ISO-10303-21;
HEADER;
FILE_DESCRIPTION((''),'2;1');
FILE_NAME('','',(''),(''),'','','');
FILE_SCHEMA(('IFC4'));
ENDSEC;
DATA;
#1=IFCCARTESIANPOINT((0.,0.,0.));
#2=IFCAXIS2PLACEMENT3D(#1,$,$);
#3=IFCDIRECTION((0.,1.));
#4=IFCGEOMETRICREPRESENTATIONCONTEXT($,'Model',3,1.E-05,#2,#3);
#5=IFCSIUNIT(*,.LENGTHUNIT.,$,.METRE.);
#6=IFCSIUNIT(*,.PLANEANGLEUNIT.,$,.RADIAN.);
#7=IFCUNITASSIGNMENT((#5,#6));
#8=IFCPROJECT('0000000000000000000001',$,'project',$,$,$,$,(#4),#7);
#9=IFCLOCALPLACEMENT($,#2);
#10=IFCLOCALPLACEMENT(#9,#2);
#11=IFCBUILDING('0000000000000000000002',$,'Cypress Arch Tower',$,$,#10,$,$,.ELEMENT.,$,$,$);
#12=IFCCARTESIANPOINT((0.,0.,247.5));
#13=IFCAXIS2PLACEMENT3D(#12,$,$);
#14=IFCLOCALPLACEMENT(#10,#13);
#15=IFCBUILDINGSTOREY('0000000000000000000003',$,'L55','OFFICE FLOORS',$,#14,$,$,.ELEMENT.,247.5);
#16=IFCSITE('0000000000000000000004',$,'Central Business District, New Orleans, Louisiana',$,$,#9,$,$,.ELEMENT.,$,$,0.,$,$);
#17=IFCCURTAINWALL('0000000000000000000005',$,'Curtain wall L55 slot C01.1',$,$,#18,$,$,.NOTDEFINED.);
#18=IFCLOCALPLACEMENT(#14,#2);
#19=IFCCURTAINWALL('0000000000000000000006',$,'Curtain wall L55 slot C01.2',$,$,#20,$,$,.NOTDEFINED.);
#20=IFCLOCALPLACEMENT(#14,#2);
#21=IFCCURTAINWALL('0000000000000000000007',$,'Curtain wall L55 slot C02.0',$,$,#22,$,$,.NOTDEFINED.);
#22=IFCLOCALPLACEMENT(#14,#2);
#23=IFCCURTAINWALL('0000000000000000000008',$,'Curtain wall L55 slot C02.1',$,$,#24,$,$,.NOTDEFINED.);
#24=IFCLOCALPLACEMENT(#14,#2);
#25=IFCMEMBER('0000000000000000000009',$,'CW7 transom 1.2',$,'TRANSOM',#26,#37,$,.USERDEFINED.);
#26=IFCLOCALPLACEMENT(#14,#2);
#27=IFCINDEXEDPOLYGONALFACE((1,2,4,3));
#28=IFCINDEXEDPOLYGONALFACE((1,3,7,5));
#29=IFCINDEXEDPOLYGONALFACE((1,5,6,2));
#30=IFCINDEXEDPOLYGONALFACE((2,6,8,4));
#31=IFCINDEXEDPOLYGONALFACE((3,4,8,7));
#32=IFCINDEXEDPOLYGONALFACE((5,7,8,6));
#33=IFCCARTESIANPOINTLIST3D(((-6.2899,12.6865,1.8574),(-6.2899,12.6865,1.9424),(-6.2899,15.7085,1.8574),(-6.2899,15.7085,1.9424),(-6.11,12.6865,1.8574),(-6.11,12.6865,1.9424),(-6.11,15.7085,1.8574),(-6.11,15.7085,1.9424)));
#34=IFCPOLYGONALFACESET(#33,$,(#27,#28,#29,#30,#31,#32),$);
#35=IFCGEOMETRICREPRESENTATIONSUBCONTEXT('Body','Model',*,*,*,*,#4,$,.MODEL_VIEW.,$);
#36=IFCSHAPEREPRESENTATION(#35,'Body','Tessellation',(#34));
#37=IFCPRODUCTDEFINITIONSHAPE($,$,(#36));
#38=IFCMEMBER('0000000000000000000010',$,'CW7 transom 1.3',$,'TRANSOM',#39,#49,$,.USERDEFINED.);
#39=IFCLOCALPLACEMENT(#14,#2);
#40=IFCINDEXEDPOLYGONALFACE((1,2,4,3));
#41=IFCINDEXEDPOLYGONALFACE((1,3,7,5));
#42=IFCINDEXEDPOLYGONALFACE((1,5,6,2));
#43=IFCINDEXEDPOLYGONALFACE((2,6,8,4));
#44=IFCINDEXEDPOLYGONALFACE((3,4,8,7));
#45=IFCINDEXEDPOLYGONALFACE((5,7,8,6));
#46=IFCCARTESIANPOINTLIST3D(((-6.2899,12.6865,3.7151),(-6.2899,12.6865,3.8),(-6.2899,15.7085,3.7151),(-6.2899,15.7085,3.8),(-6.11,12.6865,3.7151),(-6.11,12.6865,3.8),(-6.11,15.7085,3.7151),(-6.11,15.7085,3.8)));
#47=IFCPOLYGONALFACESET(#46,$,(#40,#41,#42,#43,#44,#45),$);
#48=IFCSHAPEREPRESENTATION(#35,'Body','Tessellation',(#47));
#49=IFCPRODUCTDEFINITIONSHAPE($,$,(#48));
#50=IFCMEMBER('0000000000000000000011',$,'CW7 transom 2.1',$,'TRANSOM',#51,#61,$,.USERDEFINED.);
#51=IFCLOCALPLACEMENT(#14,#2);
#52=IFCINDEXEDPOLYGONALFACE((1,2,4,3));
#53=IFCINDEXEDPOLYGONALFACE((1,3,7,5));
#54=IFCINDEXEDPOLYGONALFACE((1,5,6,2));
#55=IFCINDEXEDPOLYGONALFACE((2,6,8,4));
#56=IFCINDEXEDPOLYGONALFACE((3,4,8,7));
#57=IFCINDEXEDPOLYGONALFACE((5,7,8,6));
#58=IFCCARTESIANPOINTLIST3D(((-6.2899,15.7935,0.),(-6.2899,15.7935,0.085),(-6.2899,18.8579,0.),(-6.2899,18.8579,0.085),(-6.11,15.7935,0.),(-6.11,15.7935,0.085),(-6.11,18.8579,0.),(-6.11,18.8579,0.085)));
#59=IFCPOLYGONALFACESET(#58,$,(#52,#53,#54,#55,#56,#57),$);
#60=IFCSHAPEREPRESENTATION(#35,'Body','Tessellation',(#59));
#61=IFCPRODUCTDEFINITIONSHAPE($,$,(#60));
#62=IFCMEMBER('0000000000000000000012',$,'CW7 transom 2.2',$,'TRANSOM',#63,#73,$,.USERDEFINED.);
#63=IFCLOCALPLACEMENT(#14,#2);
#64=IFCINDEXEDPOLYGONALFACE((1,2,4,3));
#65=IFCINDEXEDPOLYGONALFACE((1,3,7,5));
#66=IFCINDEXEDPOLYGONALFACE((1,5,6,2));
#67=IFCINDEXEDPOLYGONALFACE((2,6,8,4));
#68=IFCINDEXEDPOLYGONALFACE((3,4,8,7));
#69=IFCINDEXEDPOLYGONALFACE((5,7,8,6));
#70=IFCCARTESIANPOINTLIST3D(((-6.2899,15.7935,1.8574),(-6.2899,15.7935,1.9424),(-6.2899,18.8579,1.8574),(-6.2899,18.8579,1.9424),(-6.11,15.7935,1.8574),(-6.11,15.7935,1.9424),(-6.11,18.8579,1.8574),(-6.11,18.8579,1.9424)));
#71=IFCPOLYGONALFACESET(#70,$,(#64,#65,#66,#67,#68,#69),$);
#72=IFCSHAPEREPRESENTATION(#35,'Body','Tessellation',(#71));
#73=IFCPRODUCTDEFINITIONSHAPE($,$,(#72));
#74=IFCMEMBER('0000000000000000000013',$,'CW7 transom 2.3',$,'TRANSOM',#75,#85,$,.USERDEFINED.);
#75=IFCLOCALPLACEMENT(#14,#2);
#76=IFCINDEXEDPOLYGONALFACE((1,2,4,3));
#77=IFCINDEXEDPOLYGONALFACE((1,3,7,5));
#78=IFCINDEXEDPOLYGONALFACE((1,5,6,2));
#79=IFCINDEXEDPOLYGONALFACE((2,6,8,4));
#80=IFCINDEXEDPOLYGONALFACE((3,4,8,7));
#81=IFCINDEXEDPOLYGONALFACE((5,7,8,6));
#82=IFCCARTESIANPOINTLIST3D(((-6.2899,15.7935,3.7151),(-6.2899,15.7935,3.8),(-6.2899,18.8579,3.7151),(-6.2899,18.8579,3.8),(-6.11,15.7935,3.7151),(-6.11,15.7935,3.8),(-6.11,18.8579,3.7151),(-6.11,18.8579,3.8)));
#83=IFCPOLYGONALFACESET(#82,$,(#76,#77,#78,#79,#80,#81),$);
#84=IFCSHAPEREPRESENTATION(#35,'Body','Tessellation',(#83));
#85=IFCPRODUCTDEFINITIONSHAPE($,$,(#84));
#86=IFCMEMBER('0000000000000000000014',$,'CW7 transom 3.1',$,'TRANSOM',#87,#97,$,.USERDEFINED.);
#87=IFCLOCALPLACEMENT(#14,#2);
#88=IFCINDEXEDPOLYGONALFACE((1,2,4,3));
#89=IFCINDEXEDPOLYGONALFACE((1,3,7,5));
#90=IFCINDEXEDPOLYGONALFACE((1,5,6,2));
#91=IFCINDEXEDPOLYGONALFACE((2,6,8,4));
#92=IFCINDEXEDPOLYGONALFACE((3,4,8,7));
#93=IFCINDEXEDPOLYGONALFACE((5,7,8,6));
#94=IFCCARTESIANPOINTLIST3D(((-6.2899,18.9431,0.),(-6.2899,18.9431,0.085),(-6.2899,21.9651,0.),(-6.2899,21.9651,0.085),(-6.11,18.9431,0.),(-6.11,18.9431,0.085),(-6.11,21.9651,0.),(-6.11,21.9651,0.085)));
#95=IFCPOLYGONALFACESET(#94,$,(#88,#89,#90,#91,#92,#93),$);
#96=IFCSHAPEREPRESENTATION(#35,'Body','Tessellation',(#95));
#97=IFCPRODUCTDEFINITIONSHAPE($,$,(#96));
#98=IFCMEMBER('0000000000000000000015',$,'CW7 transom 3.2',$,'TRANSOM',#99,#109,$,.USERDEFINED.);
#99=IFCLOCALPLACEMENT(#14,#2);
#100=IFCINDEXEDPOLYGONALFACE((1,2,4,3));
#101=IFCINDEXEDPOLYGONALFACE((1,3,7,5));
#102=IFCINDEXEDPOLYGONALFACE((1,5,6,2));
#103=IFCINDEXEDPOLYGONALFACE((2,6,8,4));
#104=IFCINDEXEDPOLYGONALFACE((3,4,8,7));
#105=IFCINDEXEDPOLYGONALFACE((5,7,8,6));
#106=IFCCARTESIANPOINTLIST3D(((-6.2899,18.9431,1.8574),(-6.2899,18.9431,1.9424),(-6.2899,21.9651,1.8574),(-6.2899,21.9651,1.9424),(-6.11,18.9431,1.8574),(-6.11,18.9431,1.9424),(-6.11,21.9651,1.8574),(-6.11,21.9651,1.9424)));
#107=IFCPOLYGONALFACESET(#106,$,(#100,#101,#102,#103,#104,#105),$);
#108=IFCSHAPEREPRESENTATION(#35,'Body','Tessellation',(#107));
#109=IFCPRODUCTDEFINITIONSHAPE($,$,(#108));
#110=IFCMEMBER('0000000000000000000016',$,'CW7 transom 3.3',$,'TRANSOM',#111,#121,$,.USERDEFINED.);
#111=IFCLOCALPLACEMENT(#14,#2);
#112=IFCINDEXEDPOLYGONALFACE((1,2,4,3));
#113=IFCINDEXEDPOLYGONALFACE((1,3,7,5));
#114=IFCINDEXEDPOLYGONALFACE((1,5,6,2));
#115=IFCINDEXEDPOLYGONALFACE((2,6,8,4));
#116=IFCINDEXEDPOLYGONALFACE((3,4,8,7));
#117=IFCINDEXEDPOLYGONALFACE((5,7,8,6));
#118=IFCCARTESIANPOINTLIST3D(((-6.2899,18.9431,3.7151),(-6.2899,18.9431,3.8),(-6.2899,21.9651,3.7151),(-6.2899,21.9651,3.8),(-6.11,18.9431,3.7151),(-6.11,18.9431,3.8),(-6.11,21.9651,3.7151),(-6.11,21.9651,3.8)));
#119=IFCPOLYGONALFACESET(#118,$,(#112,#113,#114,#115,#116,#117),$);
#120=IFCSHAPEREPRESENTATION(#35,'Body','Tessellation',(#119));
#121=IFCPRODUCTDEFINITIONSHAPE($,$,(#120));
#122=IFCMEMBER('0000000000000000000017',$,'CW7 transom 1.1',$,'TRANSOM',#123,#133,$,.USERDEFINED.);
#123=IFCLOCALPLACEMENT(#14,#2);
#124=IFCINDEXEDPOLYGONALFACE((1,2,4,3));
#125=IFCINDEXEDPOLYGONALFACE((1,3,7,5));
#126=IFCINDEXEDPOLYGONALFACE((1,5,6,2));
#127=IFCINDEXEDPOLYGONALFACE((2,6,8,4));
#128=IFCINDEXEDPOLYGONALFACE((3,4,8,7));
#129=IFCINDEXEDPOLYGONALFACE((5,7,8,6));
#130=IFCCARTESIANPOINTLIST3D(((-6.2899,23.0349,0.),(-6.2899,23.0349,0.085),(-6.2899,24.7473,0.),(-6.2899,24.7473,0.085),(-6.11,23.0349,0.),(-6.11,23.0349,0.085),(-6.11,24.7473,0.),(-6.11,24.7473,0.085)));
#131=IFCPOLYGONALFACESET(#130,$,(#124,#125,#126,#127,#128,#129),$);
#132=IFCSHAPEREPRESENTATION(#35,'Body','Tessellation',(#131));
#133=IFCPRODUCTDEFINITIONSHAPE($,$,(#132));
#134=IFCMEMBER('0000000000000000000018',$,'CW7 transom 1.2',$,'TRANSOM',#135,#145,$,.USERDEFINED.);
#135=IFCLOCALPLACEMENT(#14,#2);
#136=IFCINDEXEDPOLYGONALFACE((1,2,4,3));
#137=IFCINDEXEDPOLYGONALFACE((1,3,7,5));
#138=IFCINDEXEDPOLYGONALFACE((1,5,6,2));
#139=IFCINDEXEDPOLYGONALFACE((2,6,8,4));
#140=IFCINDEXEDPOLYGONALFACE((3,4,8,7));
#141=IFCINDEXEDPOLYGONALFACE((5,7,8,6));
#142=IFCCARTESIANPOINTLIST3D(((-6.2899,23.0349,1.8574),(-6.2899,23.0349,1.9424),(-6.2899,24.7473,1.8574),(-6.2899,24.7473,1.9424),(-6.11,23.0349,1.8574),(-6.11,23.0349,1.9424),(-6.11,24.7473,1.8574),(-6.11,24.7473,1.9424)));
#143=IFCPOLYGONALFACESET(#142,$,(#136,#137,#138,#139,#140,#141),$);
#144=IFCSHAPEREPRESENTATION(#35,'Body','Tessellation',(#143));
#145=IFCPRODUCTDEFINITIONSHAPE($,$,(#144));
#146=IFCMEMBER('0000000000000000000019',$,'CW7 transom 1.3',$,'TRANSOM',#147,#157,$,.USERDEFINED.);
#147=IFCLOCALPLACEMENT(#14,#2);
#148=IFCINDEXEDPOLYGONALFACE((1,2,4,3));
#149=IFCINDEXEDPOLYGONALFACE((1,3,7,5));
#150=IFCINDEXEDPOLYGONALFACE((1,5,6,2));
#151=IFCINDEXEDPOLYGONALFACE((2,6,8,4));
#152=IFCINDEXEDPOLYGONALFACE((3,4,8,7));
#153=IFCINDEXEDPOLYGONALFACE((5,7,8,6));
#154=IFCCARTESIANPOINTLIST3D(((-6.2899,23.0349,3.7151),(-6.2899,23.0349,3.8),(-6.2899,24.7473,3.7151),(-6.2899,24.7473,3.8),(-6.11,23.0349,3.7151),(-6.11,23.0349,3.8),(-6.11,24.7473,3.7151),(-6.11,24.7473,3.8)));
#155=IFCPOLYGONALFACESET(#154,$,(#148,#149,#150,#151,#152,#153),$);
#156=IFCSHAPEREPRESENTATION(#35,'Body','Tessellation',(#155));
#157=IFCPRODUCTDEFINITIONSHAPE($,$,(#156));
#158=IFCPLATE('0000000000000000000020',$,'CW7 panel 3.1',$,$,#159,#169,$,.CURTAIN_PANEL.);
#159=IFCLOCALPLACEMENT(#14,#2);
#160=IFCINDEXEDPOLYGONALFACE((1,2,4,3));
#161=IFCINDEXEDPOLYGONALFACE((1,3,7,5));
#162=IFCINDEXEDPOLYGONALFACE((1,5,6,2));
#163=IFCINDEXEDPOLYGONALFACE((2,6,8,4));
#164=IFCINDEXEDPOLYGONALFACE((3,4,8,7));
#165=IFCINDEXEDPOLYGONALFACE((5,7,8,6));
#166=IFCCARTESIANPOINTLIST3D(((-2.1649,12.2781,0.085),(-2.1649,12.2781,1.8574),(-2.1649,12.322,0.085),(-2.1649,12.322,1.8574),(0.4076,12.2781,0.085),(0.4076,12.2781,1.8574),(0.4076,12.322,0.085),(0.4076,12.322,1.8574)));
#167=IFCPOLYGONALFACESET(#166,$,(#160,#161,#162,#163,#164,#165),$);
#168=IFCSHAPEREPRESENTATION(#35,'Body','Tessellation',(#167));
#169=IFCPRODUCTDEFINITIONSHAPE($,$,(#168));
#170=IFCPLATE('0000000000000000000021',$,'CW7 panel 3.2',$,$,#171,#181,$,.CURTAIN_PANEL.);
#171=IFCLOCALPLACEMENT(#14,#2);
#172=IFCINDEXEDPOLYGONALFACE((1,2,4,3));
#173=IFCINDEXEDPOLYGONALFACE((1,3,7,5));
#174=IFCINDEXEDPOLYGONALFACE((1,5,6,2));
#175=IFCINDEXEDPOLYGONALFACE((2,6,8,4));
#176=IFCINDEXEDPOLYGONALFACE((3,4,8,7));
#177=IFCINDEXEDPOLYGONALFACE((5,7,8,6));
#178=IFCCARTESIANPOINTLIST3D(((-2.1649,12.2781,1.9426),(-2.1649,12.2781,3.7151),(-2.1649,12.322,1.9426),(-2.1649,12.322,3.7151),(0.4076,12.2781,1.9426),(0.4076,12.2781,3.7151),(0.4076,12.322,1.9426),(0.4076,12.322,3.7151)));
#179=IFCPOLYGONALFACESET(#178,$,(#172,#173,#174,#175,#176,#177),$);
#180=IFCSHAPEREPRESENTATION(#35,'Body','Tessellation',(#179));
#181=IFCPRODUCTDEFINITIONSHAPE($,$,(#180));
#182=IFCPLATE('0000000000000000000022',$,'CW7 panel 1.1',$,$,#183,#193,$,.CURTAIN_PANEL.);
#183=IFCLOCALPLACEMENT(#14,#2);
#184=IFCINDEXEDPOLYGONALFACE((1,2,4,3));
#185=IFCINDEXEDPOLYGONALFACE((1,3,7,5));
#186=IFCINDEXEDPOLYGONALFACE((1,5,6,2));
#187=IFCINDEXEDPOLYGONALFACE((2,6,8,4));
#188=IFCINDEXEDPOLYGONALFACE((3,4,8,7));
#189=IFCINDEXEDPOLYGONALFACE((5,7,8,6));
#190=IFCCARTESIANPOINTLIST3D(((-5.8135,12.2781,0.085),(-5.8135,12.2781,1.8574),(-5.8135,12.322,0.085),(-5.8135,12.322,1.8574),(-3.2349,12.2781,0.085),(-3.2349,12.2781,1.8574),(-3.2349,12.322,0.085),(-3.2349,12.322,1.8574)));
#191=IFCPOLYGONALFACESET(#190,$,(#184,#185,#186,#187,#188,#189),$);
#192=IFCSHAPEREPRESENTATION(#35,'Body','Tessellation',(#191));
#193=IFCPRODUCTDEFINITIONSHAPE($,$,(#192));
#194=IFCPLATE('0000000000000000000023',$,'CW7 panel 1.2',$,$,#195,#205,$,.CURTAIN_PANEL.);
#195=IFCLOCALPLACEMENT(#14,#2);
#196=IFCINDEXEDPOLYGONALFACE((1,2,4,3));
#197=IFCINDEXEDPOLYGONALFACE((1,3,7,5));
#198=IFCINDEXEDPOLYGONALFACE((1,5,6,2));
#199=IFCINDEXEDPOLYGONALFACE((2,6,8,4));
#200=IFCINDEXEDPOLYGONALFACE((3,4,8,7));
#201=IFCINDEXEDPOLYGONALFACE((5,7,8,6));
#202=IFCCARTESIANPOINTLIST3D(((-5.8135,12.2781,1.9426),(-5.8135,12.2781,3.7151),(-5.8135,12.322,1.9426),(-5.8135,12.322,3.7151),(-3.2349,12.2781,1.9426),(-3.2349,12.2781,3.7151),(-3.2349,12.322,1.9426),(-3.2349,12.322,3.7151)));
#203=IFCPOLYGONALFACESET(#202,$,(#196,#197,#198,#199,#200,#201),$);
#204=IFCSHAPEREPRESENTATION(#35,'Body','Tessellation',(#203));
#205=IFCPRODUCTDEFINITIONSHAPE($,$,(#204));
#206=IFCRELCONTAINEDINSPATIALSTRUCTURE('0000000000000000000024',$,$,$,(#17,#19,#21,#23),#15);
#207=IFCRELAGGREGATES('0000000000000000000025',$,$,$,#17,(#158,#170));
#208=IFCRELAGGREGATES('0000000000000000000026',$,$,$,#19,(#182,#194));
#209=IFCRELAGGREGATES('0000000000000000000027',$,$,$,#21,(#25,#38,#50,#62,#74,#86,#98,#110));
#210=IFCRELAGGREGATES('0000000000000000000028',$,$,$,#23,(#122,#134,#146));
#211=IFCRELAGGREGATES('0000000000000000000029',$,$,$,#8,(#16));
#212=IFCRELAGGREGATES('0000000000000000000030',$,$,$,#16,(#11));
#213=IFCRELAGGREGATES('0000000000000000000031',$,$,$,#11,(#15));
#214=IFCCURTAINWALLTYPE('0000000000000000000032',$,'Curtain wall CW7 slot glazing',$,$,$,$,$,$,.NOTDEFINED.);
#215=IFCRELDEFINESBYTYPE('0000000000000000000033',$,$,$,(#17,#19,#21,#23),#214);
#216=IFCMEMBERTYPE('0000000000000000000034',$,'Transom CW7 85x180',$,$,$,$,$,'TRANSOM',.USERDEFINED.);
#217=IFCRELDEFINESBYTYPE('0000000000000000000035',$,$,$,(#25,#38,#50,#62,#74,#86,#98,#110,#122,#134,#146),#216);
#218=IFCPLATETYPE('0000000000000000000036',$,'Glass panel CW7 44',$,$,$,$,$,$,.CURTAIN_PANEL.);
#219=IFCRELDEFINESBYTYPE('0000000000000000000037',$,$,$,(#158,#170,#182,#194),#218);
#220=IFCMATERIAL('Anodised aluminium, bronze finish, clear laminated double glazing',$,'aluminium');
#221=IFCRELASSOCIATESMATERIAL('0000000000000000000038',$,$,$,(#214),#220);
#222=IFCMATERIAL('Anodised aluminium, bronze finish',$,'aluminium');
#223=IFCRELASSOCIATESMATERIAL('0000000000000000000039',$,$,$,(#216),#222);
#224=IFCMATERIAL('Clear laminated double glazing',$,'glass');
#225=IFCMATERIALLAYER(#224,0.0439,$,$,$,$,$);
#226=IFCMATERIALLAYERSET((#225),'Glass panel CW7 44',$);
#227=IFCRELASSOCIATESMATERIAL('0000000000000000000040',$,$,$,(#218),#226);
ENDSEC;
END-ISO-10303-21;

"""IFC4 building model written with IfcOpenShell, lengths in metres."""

from ifc_helpers import new_model, si_unit, direction, frame, origin, origin_2d, place, context, subcontext, project, spatial, rectangle, extrude, material, layer, layer_set, material_profile, profile_set, type_object, element, aggregate, save


model = new_model("IFC4")

# Units and contexts
model_context = context("Model", 3, precision=1e-05, world=origin(), true_north=direction((0.0, 1.0)))
body_context = subcontext(model_context, "Body", "Model", "MODEL_VIEW")
ifc_project = project(units=[si_unit("LENGTHUNIT", "METRE"), si_unit("PLANEANGLEUNIT", "RADIAN")], contexts=[model_context])

# Site, building, storey
site_placement = place(None, origin())
site = spatial("IfcSite", under=ifc_project, at=site_placement, Name="Central Business District, New Orleans, Louisiana", CompositionType="ELEMENT", RefElevation=0.0)
building_placement = place(site_placement, origin())
building = spatial("IfcBuilding", under=site, at=building_placement, Name="Cypress Arch Tower", CompositionType="ELEMENT")
storey_placement = place(building_placement, frame((0.0, 0.0, 247.5)))
storey = spatial("IfcBuildingStorey", under=building, at=storey_placement, Name="L55", Description="OFFICE FLOORS", CompositionType="ELEMENT", Elevation=247.5)

# Curtain wall
ifc_material_1 = material(Name="Anodised aluminium, bronze finish, clear laminated double glazing", Category="aluminium")
curtain_wall_type = type_object("IfcCurtainWallType", Name="Curtain wall CW7 slot glazing", PredefinedType="NOTDEFINED", material=ifc_material_1)
curtain_wall_1_placement = place(storey_placement, origin())
curtain_wall_1 = element("IfcCurtainWall", 1, at=curtain_wall_1_placement, inside=storey, type_object=curtain_wall_type, Name="Curtain wall L55 slot C01.1", PredefinedType="NOTDEFINED")

# Curtain walls
curtain_wall_2_placement = place(storey_placement, origin())
curtain_wall_2 = element("IfcCurtainWall", 2, at=curtain_wall_2_placement, inside=storey, type_object=curtain_wall_type, Name="Curtain wall L55 slot C01.2", PredefinedType="NOTDEFINED")
curtain_wall_3_placement = place(storey_placement, origin())
curtain_wall_3 = element("IfcCurtainWall", 3, at=curtain_wall_3_placement, inside=storey, type_object=curtain_wall_type, Name="Curtain wall L55 slot C02.0", PredefinedType="NOTDEFINED")
curtain_wall_4_placement = place(storey_placement, origin())
curtain_wall_4 = element("IfcCurtainWall", 4, at=curtain_wall_4_placement, inside=storey, type_object=curtain_wall_type, Name="Curtain wall L55 slot C02.1", PredefinedType="NOTDEFINED")

# Members
ifc_material_2 = material(Name="Anodised aluminium, bronze finish", Category="aluminium")
ifc_material_profile_1 = material_profile(ifc_material_2, rectangle(XDim=0.1799, YDim=0.085, at=origin_2d()), Name="Transom 85x180")
ifc_profile_set_1 = profile_set([ifc_material_profile_1], Name="Anodised aluminium, bronze finish")
member_type_1 = type_object("IfcMemberType", Name="Transom CW7 85x180", ElementType="TRANSOM", PredefinedType="USERDEFINED", material=ifc_profile_set_1)
member_1_placement = place(storey_placement, frame((-6.2, 12.6865, 1.8999), z_axis=(0.0, 1.0, 0.0), x_axis=(-1.0, 0.0, 0.0)))
member_1 = element("IfcMember", 5, at=member_1_placement, type_object=member_type_1, Name="CW7 transom 1.2", ObjectType="TRANSOM", PredefinedType="USERDEFINED", context=body_context, shape_type="SweptSolid", body=[
    extrude(rectangle(XDim=0.1799, YDim=0.085, at=origin_2d()), origin(), (0.0, 0.0, 1.0), 3.022),
])
member_2_placement = place(storey_placement, frame((-6.2, 12.6865, 3.7576), z_axis=(0.0, 1.0, 0.0), x_axis=(-1.0, 0.0, 0.0)))
member_2 = element("IfcMember", 6, at=member_2_placement, type_object=member_type_1, Name="CW7 transom 1.3", ObjectType="TRANSOM", PredefinedType="USERDEFINED", context=body_context, shape_type="SweptSolid", body=[
    extrude(rectangle(XDim=0.1799, YDim=0.085, at=origin_2d()), origin(), (0.0, 0.0, 1.0), 3.022),
])
member_3_placement = place(storey_placement, frame((-6.2, 15.7935, 0.0425), z_axis=(0.0, 1.0, 0.0), x_axis=(-1.0, 0.0, 0.0)))
member_3 = element("IfcMember", 7, at=member_3_placement, type_object=member_type_1, Name="CW7 transom 2.1", ObjectType="TRANSOM", PredefinedType="USERDEFINED", context=body_context, shape_type="SweptSolid", body=[
    extrude(rectangle(XDim=0.1799, YDim=0.085, at=origin_2d()), origin(), (0.0, 0.0, 1.0), 3.0645),
])
member_4_placement = place(storey_placement, frame((-6.2, 15.7935, 1.8999), z_axis=(0.0, 1.0, 0.0), x_axis=(-1.0, 0.0, 0.0)))
member_4 = element("IfcMember", 8, at=member_4_placement, type_object=member_type_1, Name="CW7 transom 2.2", ObjectType="TRANSOM", PredefinedType="USERDEFINED", context=body_context, shape_type="SweptSolid", body=[
    extrude(rectangle(XDim=0.1799, YDim=0.085, at=origin_2d()), origin(), (0.0, 0.0, 1.0), 3.0645),
])
member_5_placement = place(storey_placement, frame((-6.2, 15.7935, 3.7576), z_axis=(0.0, 1.0, 0.0), x_axis=(-1.0, 0.0, 0.0)))
member_5 = element("IfcMember", 9, at=member_5_placement, type_object=member_type_1, Name="CW7 transom 2.3", ObjectType="TRANSOM", PredefinedType="USERDEFINED", context=body_context, shape_type="SweptSolid", body=[
    extrude(rectangle(XDim=0.1799, YDim=0.085, at=origin_2d()), origin(), (0.0, 0.0, 1.0), 3.0645),
])
member_6_placement = place(storey_placement, frame((-6.2, 18.9431, 0.0425), z_axis=(0.0, 1.0, 0.0), x_axis=(-1.0, 0.0, 0.0)))
member_6 = element("IfcMember", 10, at=member_6_placement, type_object=member_type_1, Name="CW7 transom 3.1", ObjectType="TRANSOM", PredefinedType="USERDEFINED", context=body_context, shape_type="SweptSolid", body=[
    extrude(rectangle(XDim=0.1799, YDim=0.085, at=origin_2d()), origin(), (0.0, 0.0, 1.0), 3.022),
])
member_7_placement = place(storey_placement, frame((-6.2, 18.9431, 1.8999), z_axis=(0.0, 1.0, 0.0), x_axis=(-1.0, 0.0, 0.0)))
member_7 = element("IfcMember", 11, at=member_7_placement, type_object=member_type_1, Name="CW7 transom 3.2", ObjectType="TRANSOM", PredefinedType="USERDEFINED", context=body_context, shape_type="SweptSolid", body=[
    extrude(rectangle(XDim=0.1799, YDim=0.085, at=origin_2d()), origin(), (0.0, 0.0, 1.0), 3.022),
])
member_8_placement = place(storey_placement, frame((-6.2, 18.9431, 3.7576), z_axis=(0.0, 1.0, 0.0), x_axis=(-1.0, 0.0, 0.0)))
member_8 = element("IfcMember", 12, at=member_8_placement, type_object=member_type_1, Name="CW7 transom 3.3", ObjectType="TRANSOM", PredefinedType="USERDEFINED", context=body_context, shape_type="SweptSolid", body=[
    extrude(rectangle(XDim=0.1799, YDim=0.085, at=origin_2d()), origin(), (0.0, 0.0, 1.0), 3.022),
])
member_9_placement = place(storey_placement, frame((-6.2, 23.0349, 0.0425), z_axis=(0.0, 1.0, 0.0), x_axis=(-1.0, 0.0, 0.0)))
member_9 = element("IfcMember", 13, at=member_9_placement, type_object=member_type_1, Name="CW7 transom 1.1", ObjectType="TRANSOM", PredefinedType="USERDEFINED", context=body_context, shape_type="SweptSolid", body=[
    extrude(rectangle(XDim=0.1799, YDim=0.085, at=origin_2d()), origin(), (0.0, 0.0, 1.0), 1.7124),
])
member_10_placement = place(storey_placement, frame((-6.2, 23.0349, 1.8999), z_axis=(0.0, 1.0, 0.0), x_axis=(-1.0, 0.0, 0.0)))
member_10 = element("IfcMember", 14, at=member_10_placement, type_object=member_type_1, Name="CW7 transom 1.2", ObjectType="TRANSOM", PredefinedType="USERDEFINED", context=body_context, shape_type="SweptSolid", body=[
    extrude(rectangle(XDim=0.1799, YDim=0.085, at=origin_2d()), origin(), (0.0, 0.0, 1.0), 1.7124),
])
member_11_placement = place(storey_placement, frame((-6.2, 23.0349, 3.7576), z_axis=(0.0, 1.0, 0.0), x_axis=(-1.0, 0.0, 0.0)))
member_11 = element("IfcMember", 15, at=member_11_placement, type_object=member_type_1, Name="CW7 transom 1.3", ObjectType="TRANSOM", PredefinedType="USERDEFINED", context=body_context, shape_type="SweptSolid", body=[
    extrude(rectangle(XDim=0.1799, YDim=0.085, at=origin_2d()), origin(), (0.0, 0.0, 1.0), 1.7124),
])

# Plates
ifc_material_3 = material(Name="Clear laminated double glazing", Category="glass")
ifc_layer = layer(ifc_material_3, 0.0439)
ifc_layer_set = layer_set([ifc_layer], Name="Glass panel CW7 44")
plate_type = type_object("IfcPlateType", Name="Glass panel CW7 44", PredefinedType="CURTAIN_PANEL", material=ifc_layer_set)
plate_1_placement = place(storey_placement, frame((-0.8787, 12.3, 0.085), z_axis=(0.0, 0.0, 1.0), x_axis=(-1.0, 0.0, 0.0)))
plate_1 = element("IfcPlate", 16, at=plate_1_placement, type_object=plate_type, Name="CW7 panel 3.1", PredefinedType="CURTAIN_PANEL", context=body_context, shape_type="SweptSolid", body=[
    extrude(rectangle(XDim=2.5725, YDim=0.0439, at=origin_2d()), origin(), (0.0, 0.0, 1.0), 1.7725),
])
plate_2_placement = place(storey_placement, frame((-0.8787, 12.3, 1.9426), z_axis=(0.0, 0.0, 1.0), x_axis=(-1.0, 0.0, 0.0)))
plate_2 = element("IfcPlate", 17, at=plate_2_placement, type_object=plate_type, Name="CW7 panel 3.2", PredefinedType="CURTAIN_PANEL", context=body_context, shape_type="SweptSolid", body=[
    extrude(rectangle(XDim=2.5725, YDim=0.0439, at=origin_2d()), origin(), (0.0, 0.0, 1.0), 1.7725),
])
aggregate(curtain_wall_1, [plate_1, plate_2])
plate_3_placement = place(storey_placement, frame((-4.5242, 12.3, 0.085), z_axis=(0.0, 0.0, 1.0), x_axis=(-1.0, 0.0, 0.0)))
plate_3 = element("IfcPlate", 18, at=plate_3_placement, type_object=plate_type, Name="CW7 panel 1.1", PredefinedType="CURTAIN_PANEL", context=body_context, shape_type="SweptSolid", body=[
    extrude(rectangle(XDim=2.5786, YDim=0.0439, at=origin_2d()), origin(), (0.0, 0.0, 1.0), 1.7725),
])
plate_4_placement = place(storey_placement, frame((-4.5242, 12.3, 1.9426), z_axis=(0.0, 0.0, 1.0), x_axis=(-1.0, 0.0, 0.0)))
plate_4 = element("IfcPlate", 19, at=plate_4_placement, type_object=plate_type, Name="CW7 panel 1.2", PredefinedType="CURTAIN_PANEL", context=body_context, shape_type="SweptSolid", body=[
    extrude(rectangle(XDim=2.5786, YDim=0.0439, at=origin_2d()), origin(), (0.0, 0.0, 1.0), 1.7725),
])
aggregate(curtain_wall_2, [plate_3, plate_4])
aggregate(curtain_wall_3, [member_1, member_2, member_3, member_4, member_5, member_6, member_7, member_8])
aggregate(curtain_wall_4, [member_9, member_10, member_11])

save(model, "model.ifc")
